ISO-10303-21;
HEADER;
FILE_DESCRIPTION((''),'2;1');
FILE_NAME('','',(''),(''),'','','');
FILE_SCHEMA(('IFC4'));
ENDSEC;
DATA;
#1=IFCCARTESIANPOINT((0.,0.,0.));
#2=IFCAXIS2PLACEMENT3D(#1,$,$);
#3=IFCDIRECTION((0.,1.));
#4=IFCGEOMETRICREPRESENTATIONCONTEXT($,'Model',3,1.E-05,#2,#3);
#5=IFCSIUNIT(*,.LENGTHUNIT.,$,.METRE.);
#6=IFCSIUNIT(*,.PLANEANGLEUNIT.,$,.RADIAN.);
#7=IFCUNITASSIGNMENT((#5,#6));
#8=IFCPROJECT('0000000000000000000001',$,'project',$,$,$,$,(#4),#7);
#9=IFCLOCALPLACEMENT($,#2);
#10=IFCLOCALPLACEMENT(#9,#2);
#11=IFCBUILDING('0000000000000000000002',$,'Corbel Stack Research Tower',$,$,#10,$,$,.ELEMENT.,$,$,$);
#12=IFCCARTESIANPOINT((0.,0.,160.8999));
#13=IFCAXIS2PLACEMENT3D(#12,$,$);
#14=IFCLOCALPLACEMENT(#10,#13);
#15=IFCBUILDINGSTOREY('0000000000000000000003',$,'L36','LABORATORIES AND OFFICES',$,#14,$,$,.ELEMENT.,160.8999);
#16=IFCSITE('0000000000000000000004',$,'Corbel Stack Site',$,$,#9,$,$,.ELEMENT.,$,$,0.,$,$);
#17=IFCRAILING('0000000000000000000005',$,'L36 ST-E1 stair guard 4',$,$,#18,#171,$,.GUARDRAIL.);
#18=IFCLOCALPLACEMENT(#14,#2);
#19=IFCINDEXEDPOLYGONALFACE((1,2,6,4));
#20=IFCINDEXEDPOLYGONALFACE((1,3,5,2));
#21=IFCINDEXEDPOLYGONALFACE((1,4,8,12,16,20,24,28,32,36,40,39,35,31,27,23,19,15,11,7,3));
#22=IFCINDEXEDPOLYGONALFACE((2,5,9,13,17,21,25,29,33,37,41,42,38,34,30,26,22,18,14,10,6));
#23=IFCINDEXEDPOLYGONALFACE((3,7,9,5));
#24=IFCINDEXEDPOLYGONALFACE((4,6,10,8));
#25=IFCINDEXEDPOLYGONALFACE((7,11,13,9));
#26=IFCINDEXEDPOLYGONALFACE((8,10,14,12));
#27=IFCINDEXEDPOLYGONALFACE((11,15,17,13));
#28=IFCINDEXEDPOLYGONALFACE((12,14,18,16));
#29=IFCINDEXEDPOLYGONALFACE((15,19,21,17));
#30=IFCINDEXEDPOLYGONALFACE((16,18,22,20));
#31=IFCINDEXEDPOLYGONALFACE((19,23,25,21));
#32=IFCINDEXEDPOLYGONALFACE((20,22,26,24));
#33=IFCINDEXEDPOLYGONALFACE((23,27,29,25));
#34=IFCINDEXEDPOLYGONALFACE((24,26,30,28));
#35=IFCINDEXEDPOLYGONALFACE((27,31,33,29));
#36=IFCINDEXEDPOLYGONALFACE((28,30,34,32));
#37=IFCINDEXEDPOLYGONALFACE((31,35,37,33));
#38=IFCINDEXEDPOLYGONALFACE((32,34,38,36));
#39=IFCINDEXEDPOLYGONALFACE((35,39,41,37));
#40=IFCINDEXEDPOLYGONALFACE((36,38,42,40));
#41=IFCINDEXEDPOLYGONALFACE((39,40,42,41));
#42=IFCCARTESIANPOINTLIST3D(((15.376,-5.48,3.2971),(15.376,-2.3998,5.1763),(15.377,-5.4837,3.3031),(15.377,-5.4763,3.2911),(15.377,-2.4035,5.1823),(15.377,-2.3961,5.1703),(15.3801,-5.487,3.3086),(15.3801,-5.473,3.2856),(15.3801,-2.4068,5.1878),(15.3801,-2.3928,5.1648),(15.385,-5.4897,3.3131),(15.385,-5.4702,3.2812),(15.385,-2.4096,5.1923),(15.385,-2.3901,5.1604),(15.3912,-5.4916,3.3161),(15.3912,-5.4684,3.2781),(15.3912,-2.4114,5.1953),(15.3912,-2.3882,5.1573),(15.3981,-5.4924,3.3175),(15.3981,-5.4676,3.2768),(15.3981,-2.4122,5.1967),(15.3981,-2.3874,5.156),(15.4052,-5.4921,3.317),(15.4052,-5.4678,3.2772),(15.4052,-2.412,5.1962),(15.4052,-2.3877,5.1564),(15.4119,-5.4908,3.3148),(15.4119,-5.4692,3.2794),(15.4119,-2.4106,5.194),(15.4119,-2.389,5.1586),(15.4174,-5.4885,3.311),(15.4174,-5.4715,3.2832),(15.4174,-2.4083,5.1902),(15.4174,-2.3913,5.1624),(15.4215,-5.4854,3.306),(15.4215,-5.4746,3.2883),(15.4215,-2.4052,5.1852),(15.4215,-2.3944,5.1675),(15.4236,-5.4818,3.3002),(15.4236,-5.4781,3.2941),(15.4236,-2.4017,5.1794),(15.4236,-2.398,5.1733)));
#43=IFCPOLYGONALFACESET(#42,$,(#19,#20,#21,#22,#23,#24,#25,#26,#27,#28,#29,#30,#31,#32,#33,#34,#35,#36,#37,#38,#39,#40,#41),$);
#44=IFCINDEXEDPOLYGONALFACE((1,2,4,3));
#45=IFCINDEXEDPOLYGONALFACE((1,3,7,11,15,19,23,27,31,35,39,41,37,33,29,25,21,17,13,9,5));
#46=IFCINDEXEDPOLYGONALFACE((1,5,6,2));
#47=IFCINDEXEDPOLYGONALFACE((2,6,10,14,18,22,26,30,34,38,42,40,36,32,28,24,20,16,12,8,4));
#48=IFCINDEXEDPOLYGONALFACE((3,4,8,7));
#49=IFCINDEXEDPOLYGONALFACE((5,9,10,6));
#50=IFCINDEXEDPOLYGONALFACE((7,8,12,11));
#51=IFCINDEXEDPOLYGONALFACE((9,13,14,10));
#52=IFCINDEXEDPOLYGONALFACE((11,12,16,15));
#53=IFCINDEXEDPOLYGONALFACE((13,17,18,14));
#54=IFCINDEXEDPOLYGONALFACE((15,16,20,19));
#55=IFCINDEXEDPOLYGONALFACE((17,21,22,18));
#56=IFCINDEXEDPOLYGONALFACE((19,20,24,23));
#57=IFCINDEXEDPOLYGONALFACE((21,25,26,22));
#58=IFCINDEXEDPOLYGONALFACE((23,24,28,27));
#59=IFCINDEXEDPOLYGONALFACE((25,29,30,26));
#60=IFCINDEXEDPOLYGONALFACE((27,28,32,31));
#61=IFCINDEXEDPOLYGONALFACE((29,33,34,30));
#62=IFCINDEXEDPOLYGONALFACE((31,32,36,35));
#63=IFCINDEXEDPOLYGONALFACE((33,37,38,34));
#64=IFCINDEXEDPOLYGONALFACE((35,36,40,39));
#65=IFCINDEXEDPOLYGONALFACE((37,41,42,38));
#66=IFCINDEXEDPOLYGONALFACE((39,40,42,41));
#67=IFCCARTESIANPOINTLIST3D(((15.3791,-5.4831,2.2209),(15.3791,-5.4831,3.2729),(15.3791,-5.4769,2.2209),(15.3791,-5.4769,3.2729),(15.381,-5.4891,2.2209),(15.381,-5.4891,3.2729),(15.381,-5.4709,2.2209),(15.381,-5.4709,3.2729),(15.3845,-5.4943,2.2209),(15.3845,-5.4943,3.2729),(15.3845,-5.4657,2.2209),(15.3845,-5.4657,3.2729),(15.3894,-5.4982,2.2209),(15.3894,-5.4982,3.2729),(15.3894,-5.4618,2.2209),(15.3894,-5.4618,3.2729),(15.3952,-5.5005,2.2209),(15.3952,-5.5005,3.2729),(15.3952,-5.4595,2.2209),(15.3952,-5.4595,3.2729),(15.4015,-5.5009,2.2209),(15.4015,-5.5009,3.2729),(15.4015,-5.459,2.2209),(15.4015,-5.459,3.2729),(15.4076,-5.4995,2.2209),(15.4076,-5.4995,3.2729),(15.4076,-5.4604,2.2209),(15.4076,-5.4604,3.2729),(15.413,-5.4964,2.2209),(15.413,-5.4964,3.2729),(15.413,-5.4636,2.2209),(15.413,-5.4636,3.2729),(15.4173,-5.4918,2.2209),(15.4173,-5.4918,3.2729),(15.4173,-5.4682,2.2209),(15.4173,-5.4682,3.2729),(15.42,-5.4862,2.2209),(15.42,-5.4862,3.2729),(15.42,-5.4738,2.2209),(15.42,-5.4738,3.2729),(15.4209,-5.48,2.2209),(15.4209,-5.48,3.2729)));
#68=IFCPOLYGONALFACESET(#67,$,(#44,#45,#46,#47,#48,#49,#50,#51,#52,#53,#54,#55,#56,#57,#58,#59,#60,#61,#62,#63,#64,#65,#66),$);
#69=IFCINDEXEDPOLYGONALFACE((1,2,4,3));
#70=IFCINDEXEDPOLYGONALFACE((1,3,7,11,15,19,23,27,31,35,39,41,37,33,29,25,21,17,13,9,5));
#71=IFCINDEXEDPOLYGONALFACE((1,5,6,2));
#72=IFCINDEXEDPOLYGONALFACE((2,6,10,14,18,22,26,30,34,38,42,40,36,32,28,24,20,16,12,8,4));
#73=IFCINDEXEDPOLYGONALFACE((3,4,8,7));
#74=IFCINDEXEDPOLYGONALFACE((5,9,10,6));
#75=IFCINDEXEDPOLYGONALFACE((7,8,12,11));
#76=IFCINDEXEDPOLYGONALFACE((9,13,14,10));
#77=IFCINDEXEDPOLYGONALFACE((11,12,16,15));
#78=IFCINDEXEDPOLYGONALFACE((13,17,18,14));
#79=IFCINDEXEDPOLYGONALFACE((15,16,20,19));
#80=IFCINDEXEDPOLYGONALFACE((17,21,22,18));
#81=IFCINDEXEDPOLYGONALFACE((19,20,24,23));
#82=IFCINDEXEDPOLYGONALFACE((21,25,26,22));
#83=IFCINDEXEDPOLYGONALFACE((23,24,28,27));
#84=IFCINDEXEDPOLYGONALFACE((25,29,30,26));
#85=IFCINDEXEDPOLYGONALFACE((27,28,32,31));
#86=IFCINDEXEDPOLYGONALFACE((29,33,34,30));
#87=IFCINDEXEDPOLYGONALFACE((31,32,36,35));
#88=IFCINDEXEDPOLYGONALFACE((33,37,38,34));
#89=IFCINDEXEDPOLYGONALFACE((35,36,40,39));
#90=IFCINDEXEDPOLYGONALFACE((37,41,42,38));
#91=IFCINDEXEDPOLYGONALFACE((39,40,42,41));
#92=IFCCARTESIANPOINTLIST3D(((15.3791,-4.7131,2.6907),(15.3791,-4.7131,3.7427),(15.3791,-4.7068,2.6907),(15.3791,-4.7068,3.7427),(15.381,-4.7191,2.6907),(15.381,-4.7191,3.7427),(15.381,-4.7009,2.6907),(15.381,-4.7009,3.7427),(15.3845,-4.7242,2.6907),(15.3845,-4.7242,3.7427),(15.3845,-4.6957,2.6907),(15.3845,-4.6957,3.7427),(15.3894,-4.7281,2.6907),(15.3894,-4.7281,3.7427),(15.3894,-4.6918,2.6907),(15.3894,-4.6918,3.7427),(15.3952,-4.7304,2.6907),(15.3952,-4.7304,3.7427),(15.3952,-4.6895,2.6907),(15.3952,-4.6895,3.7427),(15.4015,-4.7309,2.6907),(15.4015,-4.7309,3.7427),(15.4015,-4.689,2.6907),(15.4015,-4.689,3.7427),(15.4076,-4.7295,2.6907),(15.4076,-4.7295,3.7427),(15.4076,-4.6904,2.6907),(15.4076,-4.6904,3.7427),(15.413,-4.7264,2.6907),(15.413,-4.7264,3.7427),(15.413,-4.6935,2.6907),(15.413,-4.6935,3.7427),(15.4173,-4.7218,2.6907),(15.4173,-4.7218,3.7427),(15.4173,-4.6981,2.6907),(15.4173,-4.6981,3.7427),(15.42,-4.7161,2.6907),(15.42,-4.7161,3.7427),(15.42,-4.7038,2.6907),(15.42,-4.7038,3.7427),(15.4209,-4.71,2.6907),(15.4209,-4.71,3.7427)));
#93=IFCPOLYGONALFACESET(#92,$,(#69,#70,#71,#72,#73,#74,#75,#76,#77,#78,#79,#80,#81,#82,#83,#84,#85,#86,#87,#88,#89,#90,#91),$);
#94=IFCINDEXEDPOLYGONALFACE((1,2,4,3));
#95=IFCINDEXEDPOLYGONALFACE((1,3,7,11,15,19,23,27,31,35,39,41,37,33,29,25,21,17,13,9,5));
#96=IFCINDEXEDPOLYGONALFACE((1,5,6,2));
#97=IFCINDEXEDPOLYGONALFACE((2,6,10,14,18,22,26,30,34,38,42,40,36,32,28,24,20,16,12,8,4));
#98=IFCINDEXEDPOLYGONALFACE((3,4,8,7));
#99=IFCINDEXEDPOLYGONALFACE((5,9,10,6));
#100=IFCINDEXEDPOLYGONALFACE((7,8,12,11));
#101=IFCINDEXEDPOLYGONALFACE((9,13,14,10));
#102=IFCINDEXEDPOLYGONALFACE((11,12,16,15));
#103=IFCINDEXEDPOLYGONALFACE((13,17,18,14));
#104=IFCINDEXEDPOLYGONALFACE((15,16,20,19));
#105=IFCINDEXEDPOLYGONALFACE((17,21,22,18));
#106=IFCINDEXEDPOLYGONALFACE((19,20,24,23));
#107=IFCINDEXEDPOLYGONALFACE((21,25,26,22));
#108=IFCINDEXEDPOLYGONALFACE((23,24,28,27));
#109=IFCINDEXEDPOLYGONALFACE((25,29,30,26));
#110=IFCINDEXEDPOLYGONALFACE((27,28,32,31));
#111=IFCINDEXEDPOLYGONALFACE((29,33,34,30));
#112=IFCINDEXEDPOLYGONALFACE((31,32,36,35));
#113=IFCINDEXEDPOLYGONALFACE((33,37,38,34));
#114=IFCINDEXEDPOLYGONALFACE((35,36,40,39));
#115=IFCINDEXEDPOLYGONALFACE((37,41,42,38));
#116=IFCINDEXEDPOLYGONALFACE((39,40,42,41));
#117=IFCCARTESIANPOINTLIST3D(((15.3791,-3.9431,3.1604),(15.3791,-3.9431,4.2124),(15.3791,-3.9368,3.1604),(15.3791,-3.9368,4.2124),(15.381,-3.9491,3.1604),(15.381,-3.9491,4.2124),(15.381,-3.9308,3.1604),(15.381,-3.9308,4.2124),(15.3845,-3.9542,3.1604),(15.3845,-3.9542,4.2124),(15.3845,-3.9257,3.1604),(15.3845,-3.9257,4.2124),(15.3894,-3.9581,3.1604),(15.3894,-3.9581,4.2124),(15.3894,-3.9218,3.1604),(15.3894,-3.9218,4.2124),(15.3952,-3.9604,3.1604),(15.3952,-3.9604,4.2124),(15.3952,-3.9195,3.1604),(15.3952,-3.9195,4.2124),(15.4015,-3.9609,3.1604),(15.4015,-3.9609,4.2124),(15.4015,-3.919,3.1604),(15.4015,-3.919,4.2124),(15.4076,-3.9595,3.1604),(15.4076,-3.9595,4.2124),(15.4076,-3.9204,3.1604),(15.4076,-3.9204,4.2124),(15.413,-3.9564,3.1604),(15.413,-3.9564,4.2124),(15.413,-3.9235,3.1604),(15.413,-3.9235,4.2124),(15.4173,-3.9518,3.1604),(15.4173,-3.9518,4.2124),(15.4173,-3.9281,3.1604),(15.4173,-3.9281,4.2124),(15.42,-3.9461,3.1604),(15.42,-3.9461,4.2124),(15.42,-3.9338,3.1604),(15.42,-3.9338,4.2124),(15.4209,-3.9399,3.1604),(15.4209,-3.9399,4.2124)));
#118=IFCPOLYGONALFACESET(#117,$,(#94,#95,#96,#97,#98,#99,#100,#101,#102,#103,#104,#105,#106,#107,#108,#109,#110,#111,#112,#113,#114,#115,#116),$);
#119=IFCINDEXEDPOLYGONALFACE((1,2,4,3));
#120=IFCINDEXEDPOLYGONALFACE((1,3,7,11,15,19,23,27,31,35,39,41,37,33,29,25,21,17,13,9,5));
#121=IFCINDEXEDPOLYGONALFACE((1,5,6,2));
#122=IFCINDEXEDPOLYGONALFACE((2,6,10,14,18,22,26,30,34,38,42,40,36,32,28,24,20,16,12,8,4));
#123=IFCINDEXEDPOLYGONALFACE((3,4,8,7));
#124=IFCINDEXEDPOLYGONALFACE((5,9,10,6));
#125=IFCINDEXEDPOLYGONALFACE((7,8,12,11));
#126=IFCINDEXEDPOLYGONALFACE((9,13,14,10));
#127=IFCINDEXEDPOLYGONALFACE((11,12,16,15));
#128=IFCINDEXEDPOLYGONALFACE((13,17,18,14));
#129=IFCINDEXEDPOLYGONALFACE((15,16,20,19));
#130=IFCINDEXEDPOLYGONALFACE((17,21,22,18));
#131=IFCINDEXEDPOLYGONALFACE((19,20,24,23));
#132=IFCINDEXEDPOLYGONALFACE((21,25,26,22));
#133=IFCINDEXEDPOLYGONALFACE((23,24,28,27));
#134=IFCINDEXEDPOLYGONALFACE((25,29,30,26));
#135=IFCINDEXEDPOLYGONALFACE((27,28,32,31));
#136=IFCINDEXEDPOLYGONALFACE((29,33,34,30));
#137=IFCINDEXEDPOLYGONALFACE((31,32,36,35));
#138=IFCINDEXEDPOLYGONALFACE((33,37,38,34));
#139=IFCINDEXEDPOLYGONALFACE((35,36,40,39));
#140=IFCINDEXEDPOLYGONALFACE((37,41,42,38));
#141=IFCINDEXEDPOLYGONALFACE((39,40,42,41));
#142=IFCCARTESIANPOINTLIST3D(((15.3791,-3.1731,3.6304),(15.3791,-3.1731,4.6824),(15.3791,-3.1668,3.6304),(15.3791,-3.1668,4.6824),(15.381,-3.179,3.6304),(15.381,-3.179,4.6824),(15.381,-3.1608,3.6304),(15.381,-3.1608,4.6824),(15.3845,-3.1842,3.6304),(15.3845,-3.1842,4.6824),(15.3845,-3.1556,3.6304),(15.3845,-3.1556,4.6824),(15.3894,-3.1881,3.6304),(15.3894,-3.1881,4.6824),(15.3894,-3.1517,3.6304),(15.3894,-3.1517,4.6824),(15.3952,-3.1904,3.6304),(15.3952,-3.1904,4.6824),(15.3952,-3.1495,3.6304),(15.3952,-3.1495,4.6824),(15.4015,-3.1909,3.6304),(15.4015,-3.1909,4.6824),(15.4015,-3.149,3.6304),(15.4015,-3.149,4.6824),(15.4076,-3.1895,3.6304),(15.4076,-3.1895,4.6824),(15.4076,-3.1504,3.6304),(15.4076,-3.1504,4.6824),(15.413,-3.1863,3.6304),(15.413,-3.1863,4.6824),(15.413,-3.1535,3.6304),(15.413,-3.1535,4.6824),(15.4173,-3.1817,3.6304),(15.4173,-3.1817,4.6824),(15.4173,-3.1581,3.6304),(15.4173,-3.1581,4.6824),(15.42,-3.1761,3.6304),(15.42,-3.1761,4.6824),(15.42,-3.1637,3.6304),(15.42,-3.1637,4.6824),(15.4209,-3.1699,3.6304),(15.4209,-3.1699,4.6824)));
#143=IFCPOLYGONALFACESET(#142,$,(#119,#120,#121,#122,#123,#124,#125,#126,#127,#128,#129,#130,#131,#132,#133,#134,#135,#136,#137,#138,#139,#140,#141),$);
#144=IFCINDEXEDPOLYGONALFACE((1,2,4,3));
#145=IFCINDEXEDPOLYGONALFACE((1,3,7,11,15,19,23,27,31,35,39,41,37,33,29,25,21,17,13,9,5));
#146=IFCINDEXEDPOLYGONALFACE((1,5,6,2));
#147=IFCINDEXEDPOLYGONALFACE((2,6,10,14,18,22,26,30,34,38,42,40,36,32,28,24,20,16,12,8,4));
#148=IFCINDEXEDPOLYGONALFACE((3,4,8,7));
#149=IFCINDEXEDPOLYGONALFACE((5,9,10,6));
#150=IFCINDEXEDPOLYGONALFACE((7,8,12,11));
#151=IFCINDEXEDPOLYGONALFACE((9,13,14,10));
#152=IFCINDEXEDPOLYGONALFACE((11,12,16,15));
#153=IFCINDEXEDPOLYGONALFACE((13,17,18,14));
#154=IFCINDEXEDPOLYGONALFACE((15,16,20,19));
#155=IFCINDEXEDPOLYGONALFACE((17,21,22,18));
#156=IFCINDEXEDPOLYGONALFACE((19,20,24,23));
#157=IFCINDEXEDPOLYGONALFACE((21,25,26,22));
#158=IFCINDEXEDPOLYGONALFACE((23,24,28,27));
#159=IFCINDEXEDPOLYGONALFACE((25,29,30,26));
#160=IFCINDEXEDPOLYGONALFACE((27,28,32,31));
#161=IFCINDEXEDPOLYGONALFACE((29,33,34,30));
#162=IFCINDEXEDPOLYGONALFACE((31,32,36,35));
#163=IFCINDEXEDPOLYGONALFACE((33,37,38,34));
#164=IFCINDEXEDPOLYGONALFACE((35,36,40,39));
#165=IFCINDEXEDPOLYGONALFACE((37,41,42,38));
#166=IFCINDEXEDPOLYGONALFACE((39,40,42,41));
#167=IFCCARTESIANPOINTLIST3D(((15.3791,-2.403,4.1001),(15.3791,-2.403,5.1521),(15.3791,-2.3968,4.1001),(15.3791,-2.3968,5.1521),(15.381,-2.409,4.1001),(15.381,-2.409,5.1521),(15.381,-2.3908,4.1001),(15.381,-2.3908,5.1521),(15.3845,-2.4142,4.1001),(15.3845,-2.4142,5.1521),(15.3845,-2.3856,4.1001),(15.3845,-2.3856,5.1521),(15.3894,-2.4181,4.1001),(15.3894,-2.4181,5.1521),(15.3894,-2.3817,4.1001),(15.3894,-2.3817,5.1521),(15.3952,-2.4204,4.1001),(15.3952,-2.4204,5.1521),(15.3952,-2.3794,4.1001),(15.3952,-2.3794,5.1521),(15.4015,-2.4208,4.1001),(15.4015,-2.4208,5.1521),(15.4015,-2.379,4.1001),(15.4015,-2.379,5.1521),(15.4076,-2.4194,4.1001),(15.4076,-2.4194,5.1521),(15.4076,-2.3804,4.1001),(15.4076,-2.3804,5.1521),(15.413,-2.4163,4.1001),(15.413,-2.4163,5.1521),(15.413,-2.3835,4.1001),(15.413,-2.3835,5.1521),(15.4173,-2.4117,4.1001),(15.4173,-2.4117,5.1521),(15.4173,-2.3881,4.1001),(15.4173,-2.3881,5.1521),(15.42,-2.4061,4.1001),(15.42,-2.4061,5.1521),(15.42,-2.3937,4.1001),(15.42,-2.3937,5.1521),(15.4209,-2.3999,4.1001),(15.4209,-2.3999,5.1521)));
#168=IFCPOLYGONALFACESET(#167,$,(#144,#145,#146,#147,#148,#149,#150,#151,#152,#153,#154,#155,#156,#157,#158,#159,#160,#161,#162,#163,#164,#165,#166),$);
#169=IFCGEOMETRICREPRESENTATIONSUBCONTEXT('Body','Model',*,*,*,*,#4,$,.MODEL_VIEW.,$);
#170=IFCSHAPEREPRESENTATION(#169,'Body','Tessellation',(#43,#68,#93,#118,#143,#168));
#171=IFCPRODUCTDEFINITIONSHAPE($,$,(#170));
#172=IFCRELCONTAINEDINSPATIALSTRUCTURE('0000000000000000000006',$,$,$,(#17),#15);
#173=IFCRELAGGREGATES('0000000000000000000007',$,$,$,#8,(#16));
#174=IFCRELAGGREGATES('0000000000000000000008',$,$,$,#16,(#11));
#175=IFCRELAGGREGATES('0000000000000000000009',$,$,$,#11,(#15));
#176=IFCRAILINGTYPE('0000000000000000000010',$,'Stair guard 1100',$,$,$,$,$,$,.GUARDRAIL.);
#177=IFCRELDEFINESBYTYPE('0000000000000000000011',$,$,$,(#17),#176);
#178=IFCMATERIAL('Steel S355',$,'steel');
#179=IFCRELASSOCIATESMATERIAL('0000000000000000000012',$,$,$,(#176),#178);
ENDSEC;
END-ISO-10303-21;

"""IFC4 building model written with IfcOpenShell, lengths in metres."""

from ifc_helpers import new_model, si_unit, direction, frame, origin, origin_2d, place, context, subcontext, project, spatial, circle, extrude, material, type_object, element, save


model = new_model("IFC4")

# Units and contexts
model_context = context("Model", 3, precision=1e-05, world=origin(), true_north=direction((0.0, 1.0)))
body_context = subcontext(model_context, "Body", "Model", "MODEL_VIEW")
ifc_project = project(units=[si_unit("LENGTHUNIT", "METRE"), si_unit("PLANEANGLEUNIT", "RADIAN")], contexts=[model_context])

# Site, building, storey
site_placement = place(None, origin())
site = spatial("IfcSite", under=ifc_project, at=site_placement, Name="Corbel Stack Site", CompositionType="ELEMENT", RefElevation=0.0)
building_placement = place(site_placement, origin())
building = spatial("IfcBuilding", under=site, at=building_placement, Name="Corbel Stack Research Tower", CompositionType="ELEMENT")
storey_placement = place(building_placement, frame((0.0, 0.0, 160.8999)))
storey = spatial("IfcBuildingStorey", under=building, at=storey_placement, Name="L36", Description="LABORATORIES AND OFFICES", CompositionType="ELEMENT", Elevation=160.8999)

# Railing
ifc_material_1 = material(Name="Steel S355", Category="steel")
railing_type_1 = type_object("IfcRailingType", Name="Stair guard 1100", PredefinedType="GUARDRAIL", material=ifc_material_1)
railing_1_placement = place(storey_placement, frame((15.3999, -5.48, 2.2209)))
element("IfcRailing", 1, at=railing_1_placement, inside=storey, type_object=railing_type_1, Name="L36 ST-E1 stair guard 4", PredefinedType="GUARDRAIL", context=body_context, shape_type="SweptSolid", body=[
    extrude(circle(Radius=0.0239, at=origin_2d()), frame((0.0, 0.0, 1.0762), z_axis=(0.0, 0.853666, 0.52082), x_axis=(-1.0, 0.0, 0.0)), (0.0, 0.0, 1.0), 3.6082),
    extrude(circle(Radius=0.021, at=origin_2d()), origin(), (0.0, 0.0, 1.0), 1.052),
    extrude(circle(Radius=0.021, at=origin_2d()), frame((0.0, 0.77, 0.4697)), (0.0, 0.0, 1.0), 1.052),
    extrude(circle(Radius=0.021, at=origin_2d()), frame((0.0, 1.54, 0.9395)), (0.0, 0.0, 1.0), 1.052),
    extrude(circle(Radius=0.021, at=origin_2d()), frame((0.0, 2.3101, 1.4094)), (0.0, 0.0, 1.0), 1.052),
    extrude(circle(Radius=0.021, at=origin_2d()), frame((0.0, 3.0801, 1.8792)), (0.0, 0.0, 1.0), 1.052),
])

save(model, "model.ifc")
